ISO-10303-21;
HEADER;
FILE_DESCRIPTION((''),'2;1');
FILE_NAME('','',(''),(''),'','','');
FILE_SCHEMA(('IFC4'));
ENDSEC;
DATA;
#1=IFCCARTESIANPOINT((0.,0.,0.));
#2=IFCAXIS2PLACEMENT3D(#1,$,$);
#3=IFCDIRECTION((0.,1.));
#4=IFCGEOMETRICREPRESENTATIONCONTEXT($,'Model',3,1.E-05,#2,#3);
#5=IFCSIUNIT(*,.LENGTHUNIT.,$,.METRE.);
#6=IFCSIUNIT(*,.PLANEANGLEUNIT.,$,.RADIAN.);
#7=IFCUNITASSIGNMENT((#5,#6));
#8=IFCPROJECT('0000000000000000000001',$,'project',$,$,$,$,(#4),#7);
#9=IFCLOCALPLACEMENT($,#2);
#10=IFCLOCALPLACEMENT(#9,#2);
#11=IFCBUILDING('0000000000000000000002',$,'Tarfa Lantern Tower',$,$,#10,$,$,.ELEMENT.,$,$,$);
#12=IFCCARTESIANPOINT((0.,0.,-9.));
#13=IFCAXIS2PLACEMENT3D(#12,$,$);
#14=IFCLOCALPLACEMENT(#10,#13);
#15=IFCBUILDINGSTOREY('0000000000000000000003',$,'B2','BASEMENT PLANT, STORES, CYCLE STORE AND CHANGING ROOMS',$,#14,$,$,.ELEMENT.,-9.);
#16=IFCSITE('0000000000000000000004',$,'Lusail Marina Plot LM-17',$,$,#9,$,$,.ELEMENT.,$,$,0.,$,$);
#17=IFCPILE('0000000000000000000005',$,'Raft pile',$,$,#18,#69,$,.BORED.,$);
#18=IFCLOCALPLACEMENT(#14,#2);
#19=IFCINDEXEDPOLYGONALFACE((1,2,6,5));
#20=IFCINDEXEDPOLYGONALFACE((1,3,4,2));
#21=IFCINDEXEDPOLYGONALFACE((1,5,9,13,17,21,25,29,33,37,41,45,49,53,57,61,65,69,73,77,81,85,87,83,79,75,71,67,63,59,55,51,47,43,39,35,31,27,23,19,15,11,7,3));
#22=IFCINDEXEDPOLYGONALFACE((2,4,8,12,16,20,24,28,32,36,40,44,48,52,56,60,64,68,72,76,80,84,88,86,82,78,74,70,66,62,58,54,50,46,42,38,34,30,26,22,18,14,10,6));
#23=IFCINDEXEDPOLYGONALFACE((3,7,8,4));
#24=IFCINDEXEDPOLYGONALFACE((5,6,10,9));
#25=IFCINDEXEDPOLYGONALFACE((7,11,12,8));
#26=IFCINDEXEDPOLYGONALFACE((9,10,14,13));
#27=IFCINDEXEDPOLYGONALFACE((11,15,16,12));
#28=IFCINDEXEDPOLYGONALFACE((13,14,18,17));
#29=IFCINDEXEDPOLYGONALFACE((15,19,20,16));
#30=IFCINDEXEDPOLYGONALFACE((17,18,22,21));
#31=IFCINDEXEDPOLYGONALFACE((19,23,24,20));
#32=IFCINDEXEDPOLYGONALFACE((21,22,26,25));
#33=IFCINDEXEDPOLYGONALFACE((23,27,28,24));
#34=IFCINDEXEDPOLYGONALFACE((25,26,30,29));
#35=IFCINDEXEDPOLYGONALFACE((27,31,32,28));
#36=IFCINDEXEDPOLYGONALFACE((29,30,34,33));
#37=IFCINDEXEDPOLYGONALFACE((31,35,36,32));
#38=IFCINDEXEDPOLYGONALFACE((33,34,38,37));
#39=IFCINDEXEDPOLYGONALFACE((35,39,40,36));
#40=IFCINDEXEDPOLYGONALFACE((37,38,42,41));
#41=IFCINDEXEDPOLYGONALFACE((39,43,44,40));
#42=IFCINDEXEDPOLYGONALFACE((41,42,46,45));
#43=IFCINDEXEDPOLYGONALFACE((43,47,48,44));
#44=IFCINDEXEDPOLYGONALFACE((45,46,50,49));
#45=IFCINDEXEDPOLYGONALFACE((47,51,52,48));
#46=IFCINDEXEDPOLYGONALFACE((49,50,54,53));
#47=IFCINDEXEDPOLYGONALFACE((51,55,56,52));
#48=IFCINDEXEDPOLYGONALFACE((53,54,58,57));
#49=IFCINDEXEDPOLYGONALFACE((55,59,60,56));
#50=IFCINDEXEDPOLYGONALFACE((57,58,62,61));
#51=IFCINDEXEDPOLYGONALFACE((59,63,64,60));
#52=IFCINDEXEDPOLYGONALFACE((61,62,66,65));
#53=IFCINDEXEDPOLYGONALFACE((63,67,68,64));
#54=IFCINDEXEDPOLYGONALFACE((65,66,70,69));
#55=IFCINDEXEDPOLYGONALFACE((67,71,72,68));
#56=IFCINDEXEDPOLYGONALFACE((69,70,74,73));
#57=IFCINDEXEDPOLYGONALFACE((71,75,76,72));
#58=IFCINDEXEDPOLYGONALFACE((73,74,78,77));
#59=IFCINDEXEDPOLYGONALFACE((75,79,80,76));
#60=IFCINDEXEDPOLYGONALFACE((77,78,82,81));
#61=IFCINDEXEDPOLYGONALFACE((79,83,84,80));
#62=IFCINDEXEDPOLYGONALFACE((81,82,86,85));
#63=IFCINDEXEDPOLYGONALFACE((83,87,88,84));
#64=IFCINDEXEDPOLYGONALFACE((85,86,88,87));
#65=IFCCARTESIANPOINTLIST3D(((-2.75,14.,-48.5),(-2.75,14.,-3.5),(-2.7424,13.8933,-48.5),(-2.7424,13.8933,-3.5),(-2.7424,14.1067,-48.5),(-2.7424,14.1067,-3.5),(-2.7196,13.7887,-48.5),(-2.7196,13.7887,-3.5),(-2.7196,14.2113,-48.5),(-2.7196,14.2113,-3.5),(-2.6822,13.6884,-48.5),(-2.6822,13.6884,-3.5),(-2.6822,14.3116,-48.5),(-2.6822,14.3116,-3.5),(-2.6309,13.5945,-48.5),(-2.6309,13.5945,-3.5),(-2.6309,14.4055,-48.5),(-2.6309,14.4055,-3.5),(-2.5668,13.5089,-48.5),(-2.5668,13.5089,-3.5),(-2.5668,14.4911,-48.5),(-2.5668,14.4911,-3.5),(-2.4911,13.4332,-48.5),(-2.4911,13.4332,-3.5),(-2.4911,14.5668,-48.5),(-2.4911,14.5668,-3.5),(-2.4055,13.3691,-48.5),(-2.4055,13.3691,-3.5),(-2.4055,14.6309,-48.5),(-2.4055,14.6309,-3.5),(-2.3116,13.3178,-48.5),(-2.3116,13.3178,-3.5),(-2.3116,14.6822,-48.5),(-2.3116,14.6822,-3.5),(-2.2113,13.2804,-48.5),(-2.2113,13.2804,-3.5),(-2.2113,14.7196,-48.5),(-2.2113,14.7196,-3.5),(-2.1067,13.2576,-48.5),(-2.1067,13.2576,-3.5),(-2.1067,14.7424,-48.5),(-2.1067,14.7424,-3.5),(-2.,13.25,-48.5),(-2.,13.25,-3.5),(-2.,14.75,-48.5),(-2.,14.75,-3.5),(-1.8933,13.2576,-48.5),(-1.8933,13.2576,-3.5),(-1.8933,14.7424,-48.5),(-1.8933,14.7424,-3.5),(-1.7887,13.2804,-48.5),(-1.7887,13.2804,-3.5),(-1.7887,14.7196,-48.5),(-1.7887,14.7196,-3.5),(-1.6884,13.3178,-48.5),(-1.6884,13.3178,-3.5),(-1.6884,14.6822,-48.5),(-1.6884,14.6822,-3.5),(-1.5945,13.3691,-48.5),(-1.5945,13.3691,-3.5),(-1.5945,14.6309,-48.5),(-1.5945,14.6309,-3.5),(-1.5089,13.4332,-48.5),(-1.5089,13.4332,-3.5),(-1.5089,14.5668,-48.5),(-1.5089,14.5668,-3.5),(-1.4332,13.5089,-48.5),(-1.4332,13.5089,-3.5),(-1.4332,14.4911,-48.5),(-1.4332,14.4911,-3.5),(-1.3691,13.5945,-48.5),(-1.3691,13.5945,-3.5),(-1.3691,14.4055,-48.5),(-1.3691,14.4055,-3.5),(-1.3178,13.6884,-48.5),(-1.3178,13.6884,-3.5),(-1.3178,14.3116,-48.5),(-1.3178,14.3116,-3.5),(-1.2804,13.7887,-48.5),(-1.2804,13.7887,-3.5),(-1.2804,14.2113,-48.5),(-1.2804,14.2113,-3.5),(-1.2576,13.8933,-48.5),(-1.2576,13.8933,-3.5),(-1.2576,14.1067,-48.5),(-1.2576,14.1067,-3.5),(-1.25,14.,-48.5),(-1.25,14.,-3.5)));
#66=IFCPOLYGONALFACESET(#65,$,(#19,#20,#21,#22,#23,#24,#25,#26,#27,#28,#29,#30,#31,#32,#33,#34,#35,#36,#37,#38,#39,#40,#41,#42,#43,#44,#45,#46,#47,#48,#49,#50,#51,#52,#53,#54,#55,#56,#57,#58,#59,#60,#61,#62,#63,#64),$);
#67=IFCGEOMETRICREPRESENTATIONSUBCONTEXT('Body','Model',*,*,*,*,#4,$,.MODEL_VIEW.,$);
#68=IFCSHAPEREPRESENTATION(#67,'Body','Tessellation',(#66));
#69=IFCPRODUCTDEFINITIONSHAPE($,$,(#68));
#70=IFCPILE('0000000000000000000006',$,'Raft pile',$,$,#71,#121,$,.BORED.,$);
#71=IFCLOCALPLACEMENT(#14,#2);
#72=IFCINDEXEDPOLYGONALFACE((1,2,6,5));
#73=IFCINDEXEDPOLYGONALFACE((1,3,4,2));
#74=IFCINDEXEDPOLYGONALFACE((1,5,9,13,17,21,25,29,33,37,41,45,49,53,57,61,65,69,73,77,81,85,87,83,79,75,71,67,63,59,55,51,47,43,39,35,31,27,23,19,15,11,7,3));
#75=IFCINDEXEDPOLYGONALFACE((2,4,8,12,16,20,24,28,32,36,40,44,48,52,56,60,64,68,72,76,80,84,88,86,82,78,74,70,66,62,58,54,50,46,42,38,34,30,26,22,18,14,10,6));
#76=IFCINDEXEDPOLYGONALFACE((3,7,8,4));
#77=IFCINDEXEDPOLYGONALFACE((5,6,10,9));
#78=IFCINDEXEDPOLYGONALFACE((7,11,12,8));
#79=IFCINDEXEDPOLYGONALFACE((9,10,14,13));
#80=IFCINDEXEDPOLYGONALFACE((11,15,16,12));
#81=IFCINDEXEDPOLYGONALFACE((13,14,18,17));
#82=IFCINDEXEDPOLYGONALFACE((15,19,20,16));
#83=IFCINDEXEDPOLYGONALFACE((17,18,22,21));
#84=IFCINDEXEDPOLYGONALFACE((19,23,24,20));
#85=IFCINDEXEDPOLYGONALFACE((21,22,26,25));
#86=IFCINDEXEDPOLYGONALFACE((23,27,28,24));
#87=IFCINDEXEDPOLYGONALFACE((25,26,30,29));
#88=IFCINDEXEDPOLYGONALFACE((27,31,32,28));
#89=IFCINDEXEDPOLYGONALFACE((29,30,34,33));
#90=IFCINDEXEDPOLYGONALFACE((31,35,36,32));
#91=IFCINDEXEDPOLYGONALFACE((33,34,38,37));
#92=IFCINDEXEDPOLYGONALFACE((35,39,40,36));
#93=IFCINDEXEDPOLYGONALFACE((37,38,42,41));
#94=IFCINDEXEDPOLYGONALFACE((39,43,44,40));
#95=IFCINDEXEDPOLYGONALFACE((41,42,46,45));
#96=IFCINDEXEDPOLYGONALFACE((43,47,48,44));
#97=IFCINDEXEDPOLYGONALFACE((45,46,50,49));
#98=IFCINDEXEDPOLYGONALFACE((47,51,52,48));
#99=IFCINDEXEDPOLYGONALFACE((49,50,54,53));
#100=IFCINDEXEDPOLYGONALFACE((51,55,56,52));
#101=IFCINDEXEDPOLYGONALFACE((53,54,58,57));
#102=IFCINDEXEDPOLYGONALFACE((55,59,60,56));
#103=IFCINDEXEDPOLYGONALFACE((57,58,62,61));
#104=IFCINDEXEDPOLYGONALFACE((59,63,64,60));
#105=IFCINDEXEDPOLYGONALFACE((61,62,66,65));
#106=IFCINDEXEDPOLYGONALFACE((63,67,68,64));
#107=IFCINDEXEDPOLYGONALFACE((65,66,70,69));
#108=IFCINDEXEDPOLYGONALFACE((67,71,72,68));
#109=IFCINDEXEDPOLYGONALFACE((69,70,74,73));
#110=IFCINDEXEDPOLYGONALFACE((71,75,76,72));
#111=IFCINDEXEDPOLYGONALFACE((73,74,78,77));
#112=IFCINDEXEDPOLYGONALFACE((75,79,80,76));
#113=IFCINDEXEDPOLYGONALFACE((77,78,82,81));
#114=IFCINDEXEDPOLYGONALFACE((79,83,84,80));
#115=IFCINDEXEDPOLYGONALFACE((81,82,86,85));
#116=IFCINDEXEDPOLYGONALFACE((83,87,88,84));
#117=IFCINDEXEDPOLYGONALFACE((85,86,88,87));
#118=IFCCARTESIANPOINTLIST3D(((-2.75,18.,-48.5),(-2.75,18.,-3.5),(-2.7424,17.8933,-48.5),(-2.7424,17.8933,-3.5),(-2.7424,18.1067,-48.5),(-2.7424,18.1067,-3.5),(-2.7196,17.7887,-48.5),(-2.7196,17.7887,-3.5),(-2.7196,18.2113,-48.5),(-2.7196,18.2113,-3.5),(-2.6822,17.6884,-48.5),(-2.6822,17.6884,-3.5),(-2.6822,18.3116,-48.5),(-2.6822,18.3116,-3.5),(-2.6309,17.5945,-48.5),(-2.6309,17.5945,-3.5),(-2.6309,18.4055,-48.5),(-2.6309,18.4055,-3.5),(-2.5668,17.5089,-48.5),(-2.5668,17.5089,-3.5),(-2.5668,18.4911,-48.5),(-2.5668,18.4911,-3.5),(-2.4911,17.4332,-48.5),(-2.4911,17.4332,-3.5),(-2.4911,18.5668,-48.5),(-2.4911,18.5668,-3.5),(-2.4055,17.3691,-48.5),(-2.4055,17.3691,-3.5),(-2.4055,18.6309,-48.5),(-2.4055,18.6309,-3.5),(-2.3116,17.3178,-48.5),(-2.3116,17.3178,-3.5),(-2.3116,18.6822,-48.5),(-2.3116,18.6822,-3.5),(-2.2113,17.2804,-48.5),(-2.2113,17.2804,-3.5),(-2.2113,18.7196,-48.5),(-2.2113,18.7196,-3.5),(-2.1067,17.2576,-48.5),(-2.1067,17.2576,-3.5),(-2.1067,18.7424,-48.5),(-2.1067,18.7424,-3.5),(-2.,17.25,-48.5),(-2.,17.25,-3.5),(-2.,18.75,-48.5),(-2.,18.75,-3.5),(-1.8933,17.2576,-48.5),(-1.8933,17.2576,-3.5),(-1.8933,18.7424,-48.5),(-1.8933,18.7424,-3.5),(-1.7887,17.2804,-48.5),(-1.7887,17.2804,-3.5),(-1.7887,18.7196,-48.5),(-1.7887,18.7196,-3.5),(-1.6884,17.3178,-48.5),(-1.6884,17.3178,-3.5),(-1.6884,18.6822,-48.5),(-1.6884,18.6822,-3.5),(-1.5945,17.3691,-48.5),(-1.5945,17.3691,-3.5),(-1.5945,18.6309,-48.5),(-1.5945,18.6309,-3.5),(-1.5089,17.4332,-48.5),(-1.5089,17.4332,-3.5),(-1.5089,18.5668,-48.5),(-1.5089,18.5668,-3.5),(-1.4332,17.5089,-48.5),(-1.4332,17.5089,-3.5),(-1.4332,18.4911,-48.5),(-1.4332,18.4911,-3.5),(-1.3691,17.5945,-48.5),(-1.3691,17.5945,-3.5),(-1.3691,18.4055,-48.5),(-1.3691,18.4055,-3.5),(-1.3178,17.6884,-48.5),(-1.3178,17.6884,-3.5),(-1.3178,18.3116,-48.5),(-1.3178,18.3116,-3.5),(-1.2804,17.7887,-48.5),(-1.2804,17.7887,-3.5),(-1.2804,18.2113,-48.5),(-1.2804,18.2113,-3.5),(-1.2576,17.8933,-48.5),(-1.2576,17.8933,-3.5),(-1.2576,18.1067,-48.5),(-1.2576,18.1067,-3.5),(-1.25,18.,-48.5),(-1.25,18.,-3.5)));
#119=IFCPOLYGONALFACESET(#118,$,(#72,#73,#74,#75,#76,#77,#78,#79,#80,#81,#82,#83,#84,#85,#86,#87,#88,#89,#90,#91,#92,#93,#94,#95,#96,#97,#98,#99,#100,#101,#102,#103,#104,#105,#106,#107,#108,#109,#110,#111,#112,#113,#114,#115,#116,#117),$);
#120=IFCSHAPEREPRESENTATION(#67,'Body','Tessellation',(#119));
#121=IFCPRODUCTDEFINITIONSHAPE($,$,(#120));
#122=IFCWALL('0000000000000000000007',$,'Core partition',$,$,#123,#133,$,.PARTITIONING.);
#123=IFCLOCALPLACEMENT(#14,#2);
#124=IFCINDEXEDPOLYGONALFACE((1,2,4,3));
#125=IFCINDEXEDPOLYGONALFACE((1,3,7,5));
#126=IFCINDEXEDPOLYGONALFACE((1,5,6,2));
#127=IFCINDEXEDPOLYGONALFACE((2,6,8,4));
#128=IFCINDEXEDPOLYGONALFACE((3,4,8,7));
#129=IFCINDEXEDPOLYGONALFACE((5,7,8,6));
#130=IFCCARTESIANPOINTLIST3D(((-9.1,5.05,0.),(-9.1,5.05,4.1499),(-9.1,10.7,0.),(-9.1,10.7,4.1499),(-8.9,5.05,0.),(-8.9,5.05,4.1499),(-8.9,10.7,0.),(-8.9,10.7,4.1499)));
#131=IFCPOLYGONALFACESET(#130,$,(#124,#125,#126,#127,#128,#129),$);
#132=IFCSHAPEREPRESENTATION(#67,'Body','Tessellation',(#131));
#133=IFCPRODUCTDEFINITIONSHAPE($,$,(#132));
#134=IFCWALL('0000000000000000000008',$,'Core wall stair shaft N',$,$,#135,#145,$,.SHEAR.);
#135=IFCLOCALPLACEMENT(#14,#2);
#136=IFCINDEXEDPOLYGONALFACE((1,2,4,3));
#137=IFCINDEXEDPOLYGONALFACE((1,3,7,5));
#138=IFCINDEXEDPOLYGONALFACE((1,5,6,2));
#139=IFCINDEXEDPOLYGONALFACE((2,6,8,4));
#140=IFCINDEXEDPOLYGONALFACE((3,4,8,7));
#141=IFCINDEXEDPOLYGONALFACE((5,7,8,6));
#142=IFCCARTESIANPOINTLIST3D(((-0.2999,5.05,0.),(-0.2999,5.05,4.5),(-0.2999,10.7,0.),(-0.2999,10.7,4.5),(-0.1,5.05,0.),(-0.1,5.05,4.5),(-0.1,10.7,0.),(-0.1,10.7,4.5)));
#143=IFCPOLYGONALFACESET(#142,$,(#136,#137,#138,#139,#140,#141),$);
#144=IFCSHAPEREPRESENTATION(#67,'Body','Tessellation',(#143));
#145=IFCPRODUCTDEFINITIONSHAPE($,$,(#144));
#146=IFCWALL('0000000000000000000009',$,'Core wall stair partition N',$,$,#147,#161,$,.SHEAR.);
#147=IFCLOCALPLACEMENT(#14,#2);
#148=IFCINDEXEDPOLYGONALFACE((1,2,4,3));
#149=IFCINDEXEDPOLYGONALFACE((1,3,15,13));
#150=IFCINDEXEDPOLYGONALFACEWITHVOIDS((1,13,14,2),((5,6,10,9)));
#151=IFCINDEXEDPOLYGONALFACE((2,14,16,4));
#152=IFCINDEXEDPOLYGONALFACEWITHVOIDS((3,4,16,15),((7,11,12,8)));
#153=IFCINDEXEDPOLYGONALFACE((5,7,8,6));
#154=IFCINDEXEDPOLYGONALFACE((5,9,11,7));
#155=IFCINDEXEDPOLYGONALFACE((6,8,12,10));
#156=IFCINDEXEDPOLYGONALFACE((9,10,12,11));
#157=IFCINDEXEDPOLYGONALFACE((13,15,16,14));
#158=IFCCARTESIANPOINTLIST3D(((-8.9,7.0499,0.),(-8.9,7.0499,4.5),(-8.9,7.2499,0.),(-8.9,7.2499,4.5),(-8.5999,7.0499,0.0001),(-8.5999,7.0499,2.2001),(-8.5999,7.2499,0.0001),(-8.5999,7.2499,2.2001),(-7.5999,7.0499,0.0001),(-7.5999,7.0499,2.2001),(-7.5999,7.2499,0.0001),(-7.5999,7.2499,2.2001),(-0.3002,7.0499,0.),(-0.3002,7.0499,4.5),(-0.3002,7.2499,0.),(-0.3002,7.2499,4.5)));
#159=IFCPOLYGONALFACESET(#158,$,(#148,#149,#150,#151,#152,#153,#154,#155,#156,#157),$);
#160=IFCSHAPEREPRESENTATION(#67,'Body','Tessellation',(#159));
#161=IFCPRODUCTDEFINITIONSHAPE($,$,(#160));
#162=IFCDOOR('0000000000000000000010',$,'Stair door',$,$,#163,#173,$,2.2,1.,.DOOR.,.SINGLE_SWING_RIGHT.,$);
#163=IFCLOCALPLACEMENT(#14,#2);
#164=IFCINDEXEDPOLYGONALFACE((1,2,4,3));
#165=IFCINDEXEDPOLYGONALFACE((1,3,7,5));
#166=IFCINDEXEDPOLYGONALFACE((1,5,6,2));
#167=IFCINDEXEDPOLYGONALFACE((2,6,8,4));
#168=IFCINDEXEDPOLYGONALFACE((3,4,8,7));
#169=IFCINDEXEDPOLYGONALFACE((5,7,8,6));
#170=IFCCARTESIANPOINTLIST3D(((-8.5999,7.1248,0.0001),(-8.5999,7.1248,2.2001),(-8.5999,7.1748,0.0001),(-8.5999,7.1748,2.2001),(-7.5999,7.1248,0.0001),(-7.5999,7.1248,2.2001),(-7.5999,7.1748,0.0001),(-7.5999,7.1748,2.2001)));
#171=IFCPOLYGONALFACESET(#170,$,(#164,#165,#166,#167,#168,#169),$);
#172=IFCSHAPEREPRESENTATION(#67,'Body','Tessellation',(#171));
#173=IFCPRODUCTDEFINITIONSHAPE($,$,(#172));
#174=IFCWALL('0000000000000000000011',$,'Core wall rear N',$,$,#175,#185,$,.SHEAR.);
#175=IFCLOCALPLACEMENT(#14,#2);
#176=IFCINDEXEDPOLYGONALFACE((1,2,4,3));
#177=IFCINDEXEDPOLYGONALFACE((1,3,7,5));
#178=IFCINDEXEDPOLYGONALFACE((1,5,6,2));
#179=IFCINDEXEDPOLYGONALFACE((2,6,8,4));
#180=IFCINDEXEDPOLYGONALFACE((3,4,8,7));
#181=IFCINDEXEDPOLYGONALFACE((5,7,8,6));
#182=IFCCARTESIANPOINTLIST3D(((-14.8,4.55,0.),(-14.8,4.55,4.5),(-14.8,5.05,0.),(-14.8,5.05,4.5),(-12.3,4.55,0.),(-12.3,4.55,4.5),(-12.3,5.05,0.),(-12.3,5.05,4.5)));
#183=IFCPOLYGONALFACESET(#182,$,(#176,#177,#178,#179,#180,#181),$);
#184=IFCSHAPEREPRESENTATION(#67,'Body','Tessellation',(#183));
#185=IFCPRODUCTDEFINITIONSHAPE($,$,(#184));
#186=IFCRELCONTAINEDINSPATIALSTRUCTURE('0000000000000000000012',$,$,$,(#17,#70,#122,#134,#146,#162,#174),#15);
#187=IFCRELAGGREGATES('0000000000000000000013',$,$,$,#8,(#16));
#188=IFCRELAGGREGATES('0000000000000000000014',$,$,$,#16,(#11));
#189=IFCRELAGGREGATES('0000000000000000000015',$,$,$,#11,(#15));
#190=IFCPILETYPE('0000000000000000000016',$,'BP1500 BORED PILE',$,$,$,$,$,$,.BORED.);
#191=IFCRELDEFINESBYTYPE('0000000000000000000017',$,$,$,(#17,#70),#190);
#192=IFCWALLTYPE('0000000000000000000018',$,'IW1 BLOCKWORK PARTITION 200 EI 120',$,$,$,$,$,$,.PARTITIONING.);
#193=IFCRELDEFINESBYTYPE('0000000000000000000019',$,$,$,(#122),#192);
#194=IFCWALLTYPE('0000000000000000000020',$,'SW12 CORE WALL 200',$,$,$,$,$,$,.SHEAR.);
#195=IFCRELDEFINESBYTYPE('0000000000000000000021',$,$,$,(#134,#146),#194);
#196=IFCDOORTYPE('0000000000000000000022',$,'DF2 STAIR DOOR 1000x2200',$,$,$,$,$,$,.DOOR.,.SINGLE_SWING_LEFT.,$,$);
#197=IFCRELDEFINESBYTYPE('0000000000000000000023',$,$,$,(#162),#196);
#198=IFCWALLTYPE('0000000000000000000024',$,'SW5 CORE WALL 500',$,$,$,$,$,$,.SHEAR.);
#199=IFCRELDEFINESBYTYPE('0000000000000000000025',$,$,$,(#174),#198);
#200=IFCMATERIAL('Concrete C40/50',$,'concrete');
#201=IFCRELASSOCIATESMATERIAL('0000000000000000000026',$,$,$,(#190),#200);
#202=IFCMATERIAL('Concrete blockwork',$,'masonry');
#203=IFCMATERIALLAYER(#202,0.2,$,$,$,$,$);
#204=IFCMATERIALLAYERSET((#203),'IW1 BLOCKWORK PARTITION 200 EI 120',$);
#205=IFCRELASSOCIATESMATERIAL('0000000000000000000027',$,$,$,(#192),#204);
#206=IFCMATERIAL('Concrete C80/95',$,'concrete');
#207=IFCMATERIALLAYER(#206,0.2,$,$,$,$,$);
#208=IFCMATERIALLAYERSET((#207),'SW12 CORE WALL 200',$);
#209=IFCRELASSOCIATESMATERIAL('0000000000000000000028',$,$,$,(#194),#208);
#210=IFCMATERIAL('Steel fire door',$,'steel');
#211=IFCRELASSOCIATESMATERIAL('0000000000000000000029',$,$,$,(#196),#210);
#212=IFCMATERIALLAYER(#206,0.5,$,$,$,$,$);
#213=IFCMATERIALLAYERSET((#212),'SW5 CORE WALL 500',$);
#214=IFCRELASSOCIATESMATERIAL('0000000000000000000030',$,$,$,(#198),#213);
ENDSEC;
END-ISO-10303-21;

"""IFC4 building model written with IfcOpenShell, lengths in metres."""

from ifc_helpers import new_model, si_unit, direction, frame, frame_2d, origin, origin_2d, place, context, subcontext, project, spatial, rectangle, circle, extrude, material, layer, layer_set, material_profile, profile_set, type_object, element, fill, save


model = new_model("IFC4")

# Units and contexts
model_context = context("Model", 3, precision=1e-05, world=origin(), true_north=direction((0.0, 1.0)))
body_context = subcontext(model_context, "Body", "Model", "MODEL_VIEW")
ifc_project = project(units=[si_unit("LENGTHUNIT", "METRE"), si_unit("PLANEANGLEUNIT", "RADIAN")], contexts=[model_context])

# Site, building, storey
site_placement = place(None, origin())
site = spatial("IfcSite", under=ifc_project, at=site_placement, Name="Lusail Marina Plot LM-17", CompositionType="ELEMENT", RefElevation=0.0)
building_placement = place(site_placement, origin())
building = spatial("IfcBuilding", under=site, at=building_placement, Name="Tarfa Lantern Tower", CompositionType="ELEMENT")
storey_placement = place(building_placement, frame((0.0, 0.0, -9.0)))
storey = spatial("IfcBuildingStorey", under=building, at=storey_placement, Name="B2", Description="BASEMENT PLANT, STORES, CYCLE STORE AND CHANGING ROOMS", CompositionType="ELEMENT", Elevation=-9.0)

# Piles
ifc_material_1 = material(Name="Concrete C40/50", Category="concrete")
ifc_material_profile = material_profile(ifc_material_1, circle(Radius=0.75, at=origin_2d()), Name="BORED PILE D1500")
ifc_profile_set = profile_set([ifc_material_profile], Name="Concrete C40/50")
pile_type = type_object("IfcPileType", Name="BP1500 BORED PILE", PredefinedType="BORED", material=ifc_profile_set)
for number, where, z_axis, x_axis, name in (
    (1, (-2.0, 14.0, -3.5), (0.0, 0.0, -1.0), (1.0, 0.0, 0.0), "Raft pile"),
    (2, (-2.0, 18.0, -3.5), (0.0, 0.0, -1.0), (1.0, 0.0, 0.0), "Raft pile"),
):
    element("IfcPile", number, at=place(storey_placement, frame(where, z_axis=z_axis, x_axis=x_axis)), inside=storey, type_object=pile_type, Name=name, PredefinedType="BORED", context=body_context, shape_type="SweptSolid", body=[
        extrude(circle(Radius=0.75, at=origin_2d()), origin(), (0.0, 0.0, 1.0), 45.0),
    ])

# Walls
ifc_material_2 = material(Name="Concrete blockwork", Category="masonry")
ifc_layer_1 = layer(ifc_material_2, 0.2)
ifc_layer_set_1 = layer_set([ifc_layer_1], Name="IW1 BLOCKWORK PARTITION 200 EI 120")
wall_type_1 = type_object("IfcWallType", Name="IW1 BLOCKWORK PARTITION 200 EI 120", PredefinedType="PARTITIONING", material=ifc_layer_set_1)
wall_1_placement = place(storey_placement, frame((-9.0, 5.05, 0.0), z_axis=(0.0, 0.0, 1.0), x_axis=(0.0, 1.0, 0.0)))
element("IfcWall", 3, at=wall_1_placement, inside=storey, type_object=wall_type_1, Name="Core partition", PredefinedType="PARTITIONING", context=body_context, shape_type="SweptSolid", body=[
    extrude(rectangle(XDim=5.6499, YDim=0.2, at=frame_2d((2.825, 0.0))), origin(), (0.0, 0.0, 1.0), 4.1499),
])
ifc_material_3 = material(Name="Concrete C80/95", Category="concrete")
ifc_layer_2 = layer(ifc_material_3, 0.2)
ifc_layer_set_2 = layer_set([ifc_layer_2], Name="SW12 CORE WALL 200")
wall_type_2 = type_object("IfcWallType", Name="SW12 CORE WALL 200", PredefinedType="SHEAR", material=ifc_layer_set_2)
wall_2_placement = place(storey_placement, frame((-0.2, 5.05, 0.0), z_axis=(0.0, 0.0, 1.0), x_axis=(0.0, 1.0, 0.0)))
element("IfcWall", 4, at=wall_2_placement, inside=storey, type_object=wall_type_2, Name="Core wall stair shaft N", PredefinedType="SHEAR", context=body_context, shape_type="SweptSolid", body=[
    extrude(rectangle(XDim=5.6499, YDim=0.2, at=frame_2d((2.825, 0.0))), origin(), (0.0, 0.0, 1.0), 4.5),
])

# Wall, opening, door
wall_3_placement = place(storey_placement, frame((-8.8999, 7.1499, 0.0), z_axis=(0.0, 0.0, 1.0), x_axis=(1.0, 0.0, 0.0)))
wall_3 = element("IfcWall", 5, at=wall_3_placement, inside=storey, type_object=wall_type_2, Name="Core wall stair partition N", PredefinedType="SHEAR", context=body_context, shape_type="SweptSolid", body=[
    extrude(rectangle(XDim=8.5999, YDim=0.2, at=frame_2d((4.2998, 0.0))), origin(), (0.0, 0.0, 1.0), 4.5),
])
opening_1_placement = place(wall_3_placement, frame((0.3, 0.0, 0.0)))
opening_1 = element("IfcOpeningElement", 6, at=opening_1_placement, cuts=wall_3, PredefinedType="OPENING", context=body_context, shape_type="SweptSolid", body=[
    extrude(rectangle(XDim=1.0, YDim=2.2, at=frame_2d((0.5, 1.1001))), frame((0.0, 0.1099, 0.0), z_axis=(0.0, -1.0, 0.0), x_axis=(1.0, 0.0, 0.0)), (0.0, 0.0, 1.0), 0.22),
])
ifc_material_4 = material(Name="Steel fire door", Category="steel")
door_type_1 = type_object("IfcDoorType", Name="DF2 STAIR DOOR 1000x2200", OperationType="SINGLE_SWING_LEFT", PredefinedType="DOOR", material=ifc_material_4)
door_1_placement = place(opening_1_placement, origin())
door_1 = element("IfcDoor", 7, at=door_1_placement, inside=storey, type_object=door_type_1, Name="Stair door", OperationType="SINGLE_SWING_RIGHT", OverallHeight=2.2, OverallWidth=1.0, PredefinedType="DOOR", context=body_context, shape_type="SweptSolid", body=[
    extrude(rectangle(XDim=1.0, YDim=2.2, at=frame_2d((0.5, 1.1001))), frame((0.0, 0.0249, 0.0), z_axis=(0.0, -1.0, 0.0), x_axis=(1.0, 0.0, 0.0)), (0.0, 0.0, 1.0), 0.05),
])
fill(opening_1, door_1)

# Wall
ifc_layer_3 = layer(ifc_material_3, 0.5)
ifc_layer_set_3 = layer_set([ifc_layer_3], Name="SW5 CORE WALL 500")
wall_type_3 = type_object("IfcWallType", Name="SW5 CORE WALL 500", PredefinedType="SHEAR", material=ifc_layer_set_3)
wall_4_placement = place(storey_placement, frame((-14.8, 4.8, 0.0), z_axis=(0.0, 0.0, 1.0), x_axis=(1.0, 0.0, 0.0)))
element("IfcWall", 8, at=wall_4_placement, inside=storey, type_object=wall_type_3, Name="Core wall rear N", PredefinedType="SHEAR", context=body_context, shape_type="SweptSolid", body=[
    extrude(rectangle(XDim=2.5, YDim=0.5, at=frame_2d((1.25, 0.0))), origin(), (0.0, 0.0, 1.0), 4.5),
])

save(model, "model.ifc")
